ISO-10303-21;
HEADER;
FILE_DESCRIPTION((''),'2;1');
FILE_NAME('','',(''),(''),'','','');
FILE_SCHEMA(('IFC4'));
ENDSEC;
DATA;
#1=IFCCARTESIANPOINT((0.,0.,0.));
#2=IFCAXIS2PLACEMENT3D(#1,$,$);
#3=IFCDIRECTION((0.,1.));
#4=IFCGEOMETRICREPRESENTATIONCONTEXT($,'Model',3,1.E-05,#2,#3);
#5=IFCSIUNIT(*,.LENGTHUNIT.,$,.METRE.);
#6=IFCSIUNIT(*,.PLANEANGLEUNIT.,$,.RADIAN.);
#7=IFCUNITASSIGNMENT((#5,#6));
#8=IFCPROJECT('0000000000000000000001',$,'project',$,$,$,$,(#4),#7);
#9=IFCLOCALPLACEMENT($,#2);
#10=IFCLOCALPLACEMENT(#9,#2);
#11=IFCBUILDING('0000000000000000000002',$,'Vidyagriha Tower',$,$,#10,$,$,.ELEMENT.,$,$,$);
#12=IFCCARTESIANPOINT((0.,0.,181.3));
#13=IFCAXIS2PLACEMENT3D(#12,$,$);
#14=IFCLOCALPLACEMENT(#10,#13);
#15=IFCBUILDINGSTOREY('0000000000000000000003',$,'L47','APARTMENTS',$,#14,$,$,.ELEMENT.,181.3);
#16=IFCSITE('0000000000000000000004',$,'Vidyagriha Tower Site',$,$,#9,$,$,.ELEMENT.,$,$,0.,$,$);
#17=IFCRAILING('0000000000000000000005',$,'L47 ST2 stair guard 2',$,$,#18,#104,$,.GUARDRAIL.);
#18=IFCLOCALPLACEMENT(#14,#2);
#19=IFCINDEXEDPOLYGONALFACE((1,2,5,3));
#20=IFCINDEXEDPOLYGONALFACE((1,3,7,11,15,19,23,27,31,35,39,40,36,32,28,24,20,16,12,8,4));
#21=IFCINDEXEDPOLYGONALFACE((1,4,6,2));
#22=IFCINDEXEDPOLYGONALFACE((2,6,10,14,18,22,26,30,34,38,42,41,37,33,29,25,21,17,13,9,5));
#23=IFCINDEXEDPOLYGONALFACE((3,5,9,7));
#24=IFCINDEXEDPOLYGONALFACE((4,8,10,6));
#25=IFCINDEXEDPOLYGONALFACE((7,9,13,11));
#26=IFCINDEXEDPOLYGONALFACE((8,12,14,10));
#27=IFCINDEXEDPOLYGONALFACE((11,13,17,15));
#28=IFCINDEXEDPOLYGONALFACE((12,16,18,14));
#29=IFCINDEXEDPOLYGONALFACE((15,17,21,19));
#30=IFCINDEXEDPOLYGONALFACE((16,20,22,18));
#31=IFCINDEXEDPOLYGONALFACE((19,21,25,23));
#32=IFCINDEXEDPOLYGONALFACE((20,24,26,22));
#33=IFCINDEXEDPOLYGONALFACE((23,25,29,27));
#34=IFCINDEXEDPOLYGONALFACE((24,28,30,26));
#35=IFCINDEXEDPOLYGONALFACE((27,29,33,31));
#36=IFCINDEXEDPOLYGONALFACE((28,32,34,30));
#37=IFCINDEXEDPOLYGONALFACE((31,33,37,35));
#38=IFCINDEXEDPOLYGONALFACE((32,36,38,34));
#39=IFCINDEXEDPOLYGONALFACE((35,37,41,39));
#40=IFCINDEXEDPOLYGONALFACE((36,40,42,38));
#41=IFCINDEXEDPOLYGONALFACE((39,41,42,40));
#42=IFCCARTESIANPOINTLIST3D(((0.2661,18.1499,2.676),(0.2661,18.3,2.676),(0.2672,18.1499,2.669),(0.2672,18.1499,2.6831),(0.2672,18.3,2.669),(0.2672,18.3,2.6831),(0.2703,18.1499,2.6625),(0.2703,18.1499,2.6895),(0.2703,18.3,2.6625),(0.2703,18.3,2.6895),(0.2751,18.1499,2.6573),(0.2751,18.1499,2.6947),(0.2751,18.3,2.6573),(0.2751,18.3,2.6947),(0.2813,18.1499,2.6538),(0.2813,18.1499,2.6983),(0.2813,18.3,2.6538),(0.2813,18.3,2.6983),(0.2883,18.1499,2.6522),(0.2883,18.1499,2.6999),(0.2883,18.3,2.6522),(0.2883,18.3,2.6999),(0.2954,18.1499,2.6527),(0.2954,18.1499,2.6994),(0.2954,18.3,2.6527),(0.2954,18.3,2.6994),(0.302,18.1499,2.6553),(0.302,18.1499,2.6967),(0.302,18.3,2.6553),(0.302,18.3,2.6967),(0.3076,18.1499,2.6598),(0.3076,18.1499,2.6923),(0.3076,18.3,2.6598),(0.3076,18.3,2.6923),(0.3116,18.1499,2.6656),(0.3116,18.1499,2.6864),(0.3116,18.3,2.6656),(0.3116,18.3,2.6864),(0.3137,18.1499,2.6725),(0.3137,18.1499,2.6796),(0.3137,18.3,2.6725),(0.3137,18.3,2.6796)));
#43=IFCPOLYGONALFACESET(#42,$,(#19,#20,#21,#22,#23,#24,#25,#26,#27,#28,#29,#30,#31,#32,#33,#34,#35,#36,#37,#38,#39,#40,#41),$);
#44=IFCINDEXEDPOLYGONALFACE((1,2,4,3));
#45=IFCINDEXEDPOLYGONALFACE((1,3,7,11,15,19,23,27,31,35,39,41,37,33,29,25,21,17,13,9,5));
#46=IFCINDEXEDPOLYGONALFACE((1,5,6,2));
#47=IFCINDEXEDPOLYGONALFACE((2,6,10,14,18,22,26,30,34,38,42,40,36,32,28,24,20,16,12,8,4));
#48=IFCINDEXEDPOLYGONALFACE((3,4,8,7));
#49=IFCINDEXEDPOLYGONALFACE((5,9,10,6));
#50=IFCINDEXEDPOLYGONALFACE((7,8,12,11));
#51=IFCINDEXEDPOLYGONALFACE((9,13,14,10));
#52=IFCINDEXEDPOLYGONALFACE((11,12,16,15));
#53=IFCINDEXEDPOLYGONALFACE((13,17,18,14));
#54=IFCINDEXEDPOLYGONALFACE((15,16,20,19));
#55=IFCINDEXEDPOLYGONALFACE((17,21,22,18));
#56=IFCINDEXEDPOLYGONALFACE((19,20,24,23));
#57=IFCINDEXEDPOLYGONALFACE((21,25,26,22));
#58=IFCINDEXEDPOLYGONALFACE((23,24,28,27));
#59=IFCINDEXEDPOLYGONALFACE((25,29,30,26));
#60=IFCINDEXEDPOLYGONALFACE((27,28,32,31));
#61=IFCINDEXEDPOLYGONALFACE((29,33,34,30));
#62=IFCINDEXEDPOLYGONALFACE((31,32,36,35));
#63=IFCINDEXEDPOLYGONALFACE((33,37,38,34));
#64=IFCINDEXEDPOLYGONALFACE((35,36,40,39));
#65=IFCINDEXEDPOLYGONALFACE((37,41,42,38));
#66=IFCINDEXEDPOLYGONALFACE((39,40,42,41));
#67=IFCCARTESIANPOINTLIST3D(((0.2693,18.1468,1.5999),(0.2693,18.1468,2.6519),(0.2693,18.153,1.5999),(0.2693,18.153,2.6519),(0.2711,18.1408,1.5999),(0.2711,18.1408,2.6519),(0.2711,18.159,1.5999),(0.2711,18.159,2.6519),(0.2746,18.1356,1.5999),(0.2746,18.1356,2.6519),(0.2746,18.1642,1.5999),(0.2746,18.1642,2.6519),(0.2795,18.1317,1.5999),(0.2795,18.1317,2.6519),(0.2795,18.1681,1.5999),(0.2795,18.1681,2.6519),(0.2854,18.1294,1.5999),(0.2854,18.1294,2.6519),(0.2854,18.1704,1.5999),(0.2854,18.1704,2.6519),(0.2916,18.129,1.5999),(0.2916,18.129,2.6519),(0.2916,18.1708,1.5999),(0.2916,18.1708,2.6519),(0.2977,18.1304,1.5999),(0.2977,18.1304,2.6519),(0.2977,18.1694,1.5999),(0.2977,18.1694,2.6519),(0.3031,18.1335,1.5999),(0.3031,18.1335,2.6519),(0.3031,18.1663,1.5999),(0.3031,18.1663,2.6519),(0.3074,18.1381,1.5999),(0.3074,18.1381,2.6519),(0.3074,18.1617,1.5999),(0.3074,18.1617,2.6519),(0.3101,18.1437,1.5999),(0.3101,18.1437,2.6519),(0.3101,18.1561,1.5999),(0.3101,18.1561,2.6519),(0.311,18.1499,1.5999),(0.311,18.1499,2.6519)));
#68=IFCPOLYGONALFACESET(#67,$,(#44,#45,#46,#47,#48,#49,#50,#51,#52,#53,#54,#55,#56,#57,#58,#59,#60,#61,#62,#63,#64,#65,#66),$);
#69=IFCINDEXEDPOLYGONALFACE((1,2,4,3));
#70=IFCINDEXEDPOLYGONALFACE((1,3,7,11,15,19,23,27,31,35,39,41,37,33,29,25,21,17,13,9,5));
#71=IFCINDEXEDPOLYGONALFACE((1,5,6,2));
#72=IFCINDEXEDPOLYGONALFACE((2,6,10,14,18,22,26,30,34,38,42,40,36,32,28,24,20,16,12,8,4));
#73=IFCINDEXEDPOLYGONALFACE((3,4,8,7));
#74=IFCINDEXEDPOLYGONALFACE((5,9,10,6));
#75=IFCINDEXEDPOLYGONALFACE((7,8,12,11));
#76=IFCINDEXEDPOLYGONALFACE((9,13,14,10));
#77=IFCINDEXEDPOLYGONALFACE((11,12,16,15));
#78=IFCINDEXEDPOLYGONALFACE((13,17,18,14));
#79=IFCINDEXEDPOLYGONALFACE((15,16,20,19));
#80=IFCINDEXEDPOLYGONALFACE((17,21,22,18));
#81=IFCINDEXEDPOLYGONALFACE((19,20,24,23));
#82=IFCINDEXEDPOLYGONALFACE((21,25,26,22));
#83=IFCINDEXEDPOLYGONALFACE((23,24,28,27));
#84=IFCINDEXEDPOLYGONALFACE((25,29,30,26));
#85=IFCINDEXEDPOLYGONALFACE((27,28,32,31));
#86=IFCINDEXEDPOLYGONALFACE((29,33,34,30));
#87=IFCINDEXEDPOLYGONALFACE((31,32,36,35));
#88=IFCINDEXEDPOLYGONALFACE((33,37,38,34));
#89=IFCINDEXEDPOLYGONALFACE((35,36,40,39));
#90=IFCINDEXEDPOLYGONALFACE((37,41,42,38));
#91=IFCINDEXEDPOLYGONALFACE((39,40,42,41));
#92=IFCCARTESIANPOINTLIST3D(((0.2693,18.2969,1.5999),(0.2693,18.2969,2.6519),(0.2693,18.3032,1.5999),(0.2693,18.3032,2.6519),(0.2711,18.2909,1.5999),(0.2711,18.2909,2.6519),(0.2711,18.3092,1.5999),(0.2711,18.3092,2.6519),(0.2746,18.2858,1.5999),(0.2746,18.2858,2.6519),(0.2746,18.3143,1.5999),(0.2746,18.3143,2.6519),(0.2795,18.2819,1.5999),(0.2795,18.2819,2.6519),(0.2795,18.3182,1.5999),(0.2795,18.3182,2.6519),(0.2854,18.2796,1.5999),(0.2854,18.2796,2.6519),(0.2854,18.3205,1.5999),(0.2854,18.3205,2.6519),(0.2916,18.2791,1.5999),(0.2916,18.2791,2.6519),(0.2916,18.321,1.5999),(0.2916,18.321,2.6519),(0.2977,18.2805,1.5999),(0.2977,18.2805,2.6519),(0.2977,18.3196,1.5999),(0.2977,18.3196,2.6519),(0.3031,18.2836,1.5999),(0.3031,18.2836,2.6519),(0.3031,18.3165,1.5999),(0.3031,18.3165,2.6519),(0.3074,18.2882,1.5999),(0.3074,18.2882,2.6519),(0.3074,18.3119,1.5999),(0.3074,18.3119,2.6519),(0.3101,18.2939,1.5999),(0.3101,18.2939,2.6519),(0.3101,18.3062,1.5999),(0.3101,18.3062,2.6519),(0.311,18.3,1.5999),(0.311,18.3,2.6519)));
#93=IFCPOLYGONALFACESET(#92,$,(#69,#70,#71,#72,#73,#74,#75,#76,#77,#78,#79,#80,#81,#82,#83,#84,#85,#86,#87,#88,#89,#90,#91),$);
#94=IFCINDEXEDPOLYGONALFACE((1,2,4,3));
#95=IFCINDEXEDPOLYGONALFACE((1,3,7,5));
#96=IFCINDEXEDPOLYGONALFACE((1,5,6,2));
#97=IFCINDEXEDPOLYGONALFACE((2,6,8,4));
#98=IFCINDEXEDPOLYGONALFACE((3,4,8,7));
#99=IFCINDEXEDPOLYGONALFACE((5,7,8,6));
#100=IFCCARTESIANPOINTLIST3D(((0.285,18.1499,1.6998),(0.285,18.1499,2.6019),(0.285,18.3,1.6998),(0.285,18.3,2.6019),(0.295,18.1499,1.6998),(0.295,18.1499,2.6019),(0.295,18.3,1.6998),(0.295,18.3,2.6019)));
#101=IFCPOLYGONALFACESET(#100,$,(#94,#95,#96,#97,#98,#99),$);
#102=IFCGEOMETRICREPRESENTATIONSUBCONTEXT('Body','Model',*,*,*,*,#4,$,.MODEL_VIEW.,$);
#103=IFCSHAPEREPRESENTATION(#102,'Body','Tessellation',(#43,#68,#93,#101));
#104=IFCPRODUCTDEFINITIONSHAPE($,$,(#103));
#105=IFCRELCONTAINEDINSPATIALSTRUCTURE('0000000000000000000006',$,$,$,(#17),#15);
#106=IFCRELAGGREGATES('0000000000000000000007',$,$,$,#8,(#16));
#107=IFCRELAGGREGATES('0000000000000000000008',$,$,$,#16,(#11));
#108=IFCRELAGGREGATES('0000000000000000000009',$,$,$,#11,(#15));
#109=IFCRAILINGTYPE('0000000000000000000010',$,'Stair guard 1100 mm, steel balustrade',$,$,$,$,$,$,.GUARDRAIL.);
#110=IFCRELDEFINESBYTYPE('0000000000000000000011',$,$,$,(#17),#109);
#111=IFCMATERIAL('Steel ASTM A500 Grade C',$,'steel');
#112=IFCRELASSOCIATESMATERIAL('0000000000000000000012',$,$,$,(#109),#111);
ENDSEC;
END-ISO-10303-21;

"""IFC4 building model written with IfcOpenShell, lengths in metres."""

from ifc_helpers import new_model, si_unit, direction, frame, origin, origin_2d, place, context, subcontext, project, spatial, rectangle, circle, extrude, material, type_object, element, save


model = new_model("IFC4")

# Units and contexts
model_context = context("Model", 3, precision=1e-05, world=origin(), true_north=direction((0.0, 1.0)))
body_context = subcontext(model_context, "Body", "Model", "MODEL_VIEW")
ifc_project = project(units=[si_unit("LENGTHUNIT", "METRE"), si_unit("PLANEANGLEUNIT", "RADIAN")], contexts=[model_context])

# Site, building, storey
site_placement = place(None, origin())
site = spatial("IfcSite", under=ifc_project, at=site_placement, Name="Vidyagriha Tower Site", CompositionType="ELEMENT", RefElevation=0.0)
building_placement = place(site_placement, origin())
building = spatial("IfcBuilding", under=site, at=building_placement, Name="Vidyagriha Tower", CompositionType="ELEMENT")
storey_placement = place(building_placement, frame((0.0, 0.0, 181.3)))
storey = spatial("IfcBuildingStorey", under=building, at=storey_placement, Name="L47", Description="APARTMENTS", CompositionType="ELEMENT", Elevation=181.3)

# Railing
ifc_material_1 = material(Name="Steel ASTM A500 Grade C", Category="steel")
railing_type_1 = type_object("IfcRailingType", Name="Stair guard 1100 mm, steel balustrade", PredefinedType="GUARDRAIL", material=ifc_material_1)
railing_1_placement = place(storey_placement, frame((0.29, 18.1499, 1.5999)))
element("IfcRailing", 1, at=railing_1_placement, inside=storey, type_object=railing_type_1, Name="L47 ST2 stair guard 2", PredefinedType="GUARDRAIL", context=body_context, shape_type="SweptSolid", body=[
    extrude(circle(Radius=0.0239, at=origin_2d()), frame((0.0, 0.0, 1.0762), z_axis=(0.0, 1.0, 0.0), x_axis=(-1.0, 0.0, 0.0)), (0.0, 0.0, 1.0), 0.1501),
    extrude(circle(Radius=0.021, at=origin_2d()), origin(), (0.0, 0.0, 1.0), 1.052),
    extrude(circle(Radius=0.021, at=origin_2d()), frame((0.0, 0.1501, 0.0)), (0.0, 0.0, 1.0), 1.052),
    extrude(rectangle(XDim=0.01, YDim=0.9021, at=origin_2d()), frame((0.0, 0.0, 0.551), z_axis=(0.0, 1.0, 0.0), x_axis=(-1.0, 0.0, 0.0)), (0.0, 0.0, 1.0), 0.1501),
])

save(model, "model.ifc")
